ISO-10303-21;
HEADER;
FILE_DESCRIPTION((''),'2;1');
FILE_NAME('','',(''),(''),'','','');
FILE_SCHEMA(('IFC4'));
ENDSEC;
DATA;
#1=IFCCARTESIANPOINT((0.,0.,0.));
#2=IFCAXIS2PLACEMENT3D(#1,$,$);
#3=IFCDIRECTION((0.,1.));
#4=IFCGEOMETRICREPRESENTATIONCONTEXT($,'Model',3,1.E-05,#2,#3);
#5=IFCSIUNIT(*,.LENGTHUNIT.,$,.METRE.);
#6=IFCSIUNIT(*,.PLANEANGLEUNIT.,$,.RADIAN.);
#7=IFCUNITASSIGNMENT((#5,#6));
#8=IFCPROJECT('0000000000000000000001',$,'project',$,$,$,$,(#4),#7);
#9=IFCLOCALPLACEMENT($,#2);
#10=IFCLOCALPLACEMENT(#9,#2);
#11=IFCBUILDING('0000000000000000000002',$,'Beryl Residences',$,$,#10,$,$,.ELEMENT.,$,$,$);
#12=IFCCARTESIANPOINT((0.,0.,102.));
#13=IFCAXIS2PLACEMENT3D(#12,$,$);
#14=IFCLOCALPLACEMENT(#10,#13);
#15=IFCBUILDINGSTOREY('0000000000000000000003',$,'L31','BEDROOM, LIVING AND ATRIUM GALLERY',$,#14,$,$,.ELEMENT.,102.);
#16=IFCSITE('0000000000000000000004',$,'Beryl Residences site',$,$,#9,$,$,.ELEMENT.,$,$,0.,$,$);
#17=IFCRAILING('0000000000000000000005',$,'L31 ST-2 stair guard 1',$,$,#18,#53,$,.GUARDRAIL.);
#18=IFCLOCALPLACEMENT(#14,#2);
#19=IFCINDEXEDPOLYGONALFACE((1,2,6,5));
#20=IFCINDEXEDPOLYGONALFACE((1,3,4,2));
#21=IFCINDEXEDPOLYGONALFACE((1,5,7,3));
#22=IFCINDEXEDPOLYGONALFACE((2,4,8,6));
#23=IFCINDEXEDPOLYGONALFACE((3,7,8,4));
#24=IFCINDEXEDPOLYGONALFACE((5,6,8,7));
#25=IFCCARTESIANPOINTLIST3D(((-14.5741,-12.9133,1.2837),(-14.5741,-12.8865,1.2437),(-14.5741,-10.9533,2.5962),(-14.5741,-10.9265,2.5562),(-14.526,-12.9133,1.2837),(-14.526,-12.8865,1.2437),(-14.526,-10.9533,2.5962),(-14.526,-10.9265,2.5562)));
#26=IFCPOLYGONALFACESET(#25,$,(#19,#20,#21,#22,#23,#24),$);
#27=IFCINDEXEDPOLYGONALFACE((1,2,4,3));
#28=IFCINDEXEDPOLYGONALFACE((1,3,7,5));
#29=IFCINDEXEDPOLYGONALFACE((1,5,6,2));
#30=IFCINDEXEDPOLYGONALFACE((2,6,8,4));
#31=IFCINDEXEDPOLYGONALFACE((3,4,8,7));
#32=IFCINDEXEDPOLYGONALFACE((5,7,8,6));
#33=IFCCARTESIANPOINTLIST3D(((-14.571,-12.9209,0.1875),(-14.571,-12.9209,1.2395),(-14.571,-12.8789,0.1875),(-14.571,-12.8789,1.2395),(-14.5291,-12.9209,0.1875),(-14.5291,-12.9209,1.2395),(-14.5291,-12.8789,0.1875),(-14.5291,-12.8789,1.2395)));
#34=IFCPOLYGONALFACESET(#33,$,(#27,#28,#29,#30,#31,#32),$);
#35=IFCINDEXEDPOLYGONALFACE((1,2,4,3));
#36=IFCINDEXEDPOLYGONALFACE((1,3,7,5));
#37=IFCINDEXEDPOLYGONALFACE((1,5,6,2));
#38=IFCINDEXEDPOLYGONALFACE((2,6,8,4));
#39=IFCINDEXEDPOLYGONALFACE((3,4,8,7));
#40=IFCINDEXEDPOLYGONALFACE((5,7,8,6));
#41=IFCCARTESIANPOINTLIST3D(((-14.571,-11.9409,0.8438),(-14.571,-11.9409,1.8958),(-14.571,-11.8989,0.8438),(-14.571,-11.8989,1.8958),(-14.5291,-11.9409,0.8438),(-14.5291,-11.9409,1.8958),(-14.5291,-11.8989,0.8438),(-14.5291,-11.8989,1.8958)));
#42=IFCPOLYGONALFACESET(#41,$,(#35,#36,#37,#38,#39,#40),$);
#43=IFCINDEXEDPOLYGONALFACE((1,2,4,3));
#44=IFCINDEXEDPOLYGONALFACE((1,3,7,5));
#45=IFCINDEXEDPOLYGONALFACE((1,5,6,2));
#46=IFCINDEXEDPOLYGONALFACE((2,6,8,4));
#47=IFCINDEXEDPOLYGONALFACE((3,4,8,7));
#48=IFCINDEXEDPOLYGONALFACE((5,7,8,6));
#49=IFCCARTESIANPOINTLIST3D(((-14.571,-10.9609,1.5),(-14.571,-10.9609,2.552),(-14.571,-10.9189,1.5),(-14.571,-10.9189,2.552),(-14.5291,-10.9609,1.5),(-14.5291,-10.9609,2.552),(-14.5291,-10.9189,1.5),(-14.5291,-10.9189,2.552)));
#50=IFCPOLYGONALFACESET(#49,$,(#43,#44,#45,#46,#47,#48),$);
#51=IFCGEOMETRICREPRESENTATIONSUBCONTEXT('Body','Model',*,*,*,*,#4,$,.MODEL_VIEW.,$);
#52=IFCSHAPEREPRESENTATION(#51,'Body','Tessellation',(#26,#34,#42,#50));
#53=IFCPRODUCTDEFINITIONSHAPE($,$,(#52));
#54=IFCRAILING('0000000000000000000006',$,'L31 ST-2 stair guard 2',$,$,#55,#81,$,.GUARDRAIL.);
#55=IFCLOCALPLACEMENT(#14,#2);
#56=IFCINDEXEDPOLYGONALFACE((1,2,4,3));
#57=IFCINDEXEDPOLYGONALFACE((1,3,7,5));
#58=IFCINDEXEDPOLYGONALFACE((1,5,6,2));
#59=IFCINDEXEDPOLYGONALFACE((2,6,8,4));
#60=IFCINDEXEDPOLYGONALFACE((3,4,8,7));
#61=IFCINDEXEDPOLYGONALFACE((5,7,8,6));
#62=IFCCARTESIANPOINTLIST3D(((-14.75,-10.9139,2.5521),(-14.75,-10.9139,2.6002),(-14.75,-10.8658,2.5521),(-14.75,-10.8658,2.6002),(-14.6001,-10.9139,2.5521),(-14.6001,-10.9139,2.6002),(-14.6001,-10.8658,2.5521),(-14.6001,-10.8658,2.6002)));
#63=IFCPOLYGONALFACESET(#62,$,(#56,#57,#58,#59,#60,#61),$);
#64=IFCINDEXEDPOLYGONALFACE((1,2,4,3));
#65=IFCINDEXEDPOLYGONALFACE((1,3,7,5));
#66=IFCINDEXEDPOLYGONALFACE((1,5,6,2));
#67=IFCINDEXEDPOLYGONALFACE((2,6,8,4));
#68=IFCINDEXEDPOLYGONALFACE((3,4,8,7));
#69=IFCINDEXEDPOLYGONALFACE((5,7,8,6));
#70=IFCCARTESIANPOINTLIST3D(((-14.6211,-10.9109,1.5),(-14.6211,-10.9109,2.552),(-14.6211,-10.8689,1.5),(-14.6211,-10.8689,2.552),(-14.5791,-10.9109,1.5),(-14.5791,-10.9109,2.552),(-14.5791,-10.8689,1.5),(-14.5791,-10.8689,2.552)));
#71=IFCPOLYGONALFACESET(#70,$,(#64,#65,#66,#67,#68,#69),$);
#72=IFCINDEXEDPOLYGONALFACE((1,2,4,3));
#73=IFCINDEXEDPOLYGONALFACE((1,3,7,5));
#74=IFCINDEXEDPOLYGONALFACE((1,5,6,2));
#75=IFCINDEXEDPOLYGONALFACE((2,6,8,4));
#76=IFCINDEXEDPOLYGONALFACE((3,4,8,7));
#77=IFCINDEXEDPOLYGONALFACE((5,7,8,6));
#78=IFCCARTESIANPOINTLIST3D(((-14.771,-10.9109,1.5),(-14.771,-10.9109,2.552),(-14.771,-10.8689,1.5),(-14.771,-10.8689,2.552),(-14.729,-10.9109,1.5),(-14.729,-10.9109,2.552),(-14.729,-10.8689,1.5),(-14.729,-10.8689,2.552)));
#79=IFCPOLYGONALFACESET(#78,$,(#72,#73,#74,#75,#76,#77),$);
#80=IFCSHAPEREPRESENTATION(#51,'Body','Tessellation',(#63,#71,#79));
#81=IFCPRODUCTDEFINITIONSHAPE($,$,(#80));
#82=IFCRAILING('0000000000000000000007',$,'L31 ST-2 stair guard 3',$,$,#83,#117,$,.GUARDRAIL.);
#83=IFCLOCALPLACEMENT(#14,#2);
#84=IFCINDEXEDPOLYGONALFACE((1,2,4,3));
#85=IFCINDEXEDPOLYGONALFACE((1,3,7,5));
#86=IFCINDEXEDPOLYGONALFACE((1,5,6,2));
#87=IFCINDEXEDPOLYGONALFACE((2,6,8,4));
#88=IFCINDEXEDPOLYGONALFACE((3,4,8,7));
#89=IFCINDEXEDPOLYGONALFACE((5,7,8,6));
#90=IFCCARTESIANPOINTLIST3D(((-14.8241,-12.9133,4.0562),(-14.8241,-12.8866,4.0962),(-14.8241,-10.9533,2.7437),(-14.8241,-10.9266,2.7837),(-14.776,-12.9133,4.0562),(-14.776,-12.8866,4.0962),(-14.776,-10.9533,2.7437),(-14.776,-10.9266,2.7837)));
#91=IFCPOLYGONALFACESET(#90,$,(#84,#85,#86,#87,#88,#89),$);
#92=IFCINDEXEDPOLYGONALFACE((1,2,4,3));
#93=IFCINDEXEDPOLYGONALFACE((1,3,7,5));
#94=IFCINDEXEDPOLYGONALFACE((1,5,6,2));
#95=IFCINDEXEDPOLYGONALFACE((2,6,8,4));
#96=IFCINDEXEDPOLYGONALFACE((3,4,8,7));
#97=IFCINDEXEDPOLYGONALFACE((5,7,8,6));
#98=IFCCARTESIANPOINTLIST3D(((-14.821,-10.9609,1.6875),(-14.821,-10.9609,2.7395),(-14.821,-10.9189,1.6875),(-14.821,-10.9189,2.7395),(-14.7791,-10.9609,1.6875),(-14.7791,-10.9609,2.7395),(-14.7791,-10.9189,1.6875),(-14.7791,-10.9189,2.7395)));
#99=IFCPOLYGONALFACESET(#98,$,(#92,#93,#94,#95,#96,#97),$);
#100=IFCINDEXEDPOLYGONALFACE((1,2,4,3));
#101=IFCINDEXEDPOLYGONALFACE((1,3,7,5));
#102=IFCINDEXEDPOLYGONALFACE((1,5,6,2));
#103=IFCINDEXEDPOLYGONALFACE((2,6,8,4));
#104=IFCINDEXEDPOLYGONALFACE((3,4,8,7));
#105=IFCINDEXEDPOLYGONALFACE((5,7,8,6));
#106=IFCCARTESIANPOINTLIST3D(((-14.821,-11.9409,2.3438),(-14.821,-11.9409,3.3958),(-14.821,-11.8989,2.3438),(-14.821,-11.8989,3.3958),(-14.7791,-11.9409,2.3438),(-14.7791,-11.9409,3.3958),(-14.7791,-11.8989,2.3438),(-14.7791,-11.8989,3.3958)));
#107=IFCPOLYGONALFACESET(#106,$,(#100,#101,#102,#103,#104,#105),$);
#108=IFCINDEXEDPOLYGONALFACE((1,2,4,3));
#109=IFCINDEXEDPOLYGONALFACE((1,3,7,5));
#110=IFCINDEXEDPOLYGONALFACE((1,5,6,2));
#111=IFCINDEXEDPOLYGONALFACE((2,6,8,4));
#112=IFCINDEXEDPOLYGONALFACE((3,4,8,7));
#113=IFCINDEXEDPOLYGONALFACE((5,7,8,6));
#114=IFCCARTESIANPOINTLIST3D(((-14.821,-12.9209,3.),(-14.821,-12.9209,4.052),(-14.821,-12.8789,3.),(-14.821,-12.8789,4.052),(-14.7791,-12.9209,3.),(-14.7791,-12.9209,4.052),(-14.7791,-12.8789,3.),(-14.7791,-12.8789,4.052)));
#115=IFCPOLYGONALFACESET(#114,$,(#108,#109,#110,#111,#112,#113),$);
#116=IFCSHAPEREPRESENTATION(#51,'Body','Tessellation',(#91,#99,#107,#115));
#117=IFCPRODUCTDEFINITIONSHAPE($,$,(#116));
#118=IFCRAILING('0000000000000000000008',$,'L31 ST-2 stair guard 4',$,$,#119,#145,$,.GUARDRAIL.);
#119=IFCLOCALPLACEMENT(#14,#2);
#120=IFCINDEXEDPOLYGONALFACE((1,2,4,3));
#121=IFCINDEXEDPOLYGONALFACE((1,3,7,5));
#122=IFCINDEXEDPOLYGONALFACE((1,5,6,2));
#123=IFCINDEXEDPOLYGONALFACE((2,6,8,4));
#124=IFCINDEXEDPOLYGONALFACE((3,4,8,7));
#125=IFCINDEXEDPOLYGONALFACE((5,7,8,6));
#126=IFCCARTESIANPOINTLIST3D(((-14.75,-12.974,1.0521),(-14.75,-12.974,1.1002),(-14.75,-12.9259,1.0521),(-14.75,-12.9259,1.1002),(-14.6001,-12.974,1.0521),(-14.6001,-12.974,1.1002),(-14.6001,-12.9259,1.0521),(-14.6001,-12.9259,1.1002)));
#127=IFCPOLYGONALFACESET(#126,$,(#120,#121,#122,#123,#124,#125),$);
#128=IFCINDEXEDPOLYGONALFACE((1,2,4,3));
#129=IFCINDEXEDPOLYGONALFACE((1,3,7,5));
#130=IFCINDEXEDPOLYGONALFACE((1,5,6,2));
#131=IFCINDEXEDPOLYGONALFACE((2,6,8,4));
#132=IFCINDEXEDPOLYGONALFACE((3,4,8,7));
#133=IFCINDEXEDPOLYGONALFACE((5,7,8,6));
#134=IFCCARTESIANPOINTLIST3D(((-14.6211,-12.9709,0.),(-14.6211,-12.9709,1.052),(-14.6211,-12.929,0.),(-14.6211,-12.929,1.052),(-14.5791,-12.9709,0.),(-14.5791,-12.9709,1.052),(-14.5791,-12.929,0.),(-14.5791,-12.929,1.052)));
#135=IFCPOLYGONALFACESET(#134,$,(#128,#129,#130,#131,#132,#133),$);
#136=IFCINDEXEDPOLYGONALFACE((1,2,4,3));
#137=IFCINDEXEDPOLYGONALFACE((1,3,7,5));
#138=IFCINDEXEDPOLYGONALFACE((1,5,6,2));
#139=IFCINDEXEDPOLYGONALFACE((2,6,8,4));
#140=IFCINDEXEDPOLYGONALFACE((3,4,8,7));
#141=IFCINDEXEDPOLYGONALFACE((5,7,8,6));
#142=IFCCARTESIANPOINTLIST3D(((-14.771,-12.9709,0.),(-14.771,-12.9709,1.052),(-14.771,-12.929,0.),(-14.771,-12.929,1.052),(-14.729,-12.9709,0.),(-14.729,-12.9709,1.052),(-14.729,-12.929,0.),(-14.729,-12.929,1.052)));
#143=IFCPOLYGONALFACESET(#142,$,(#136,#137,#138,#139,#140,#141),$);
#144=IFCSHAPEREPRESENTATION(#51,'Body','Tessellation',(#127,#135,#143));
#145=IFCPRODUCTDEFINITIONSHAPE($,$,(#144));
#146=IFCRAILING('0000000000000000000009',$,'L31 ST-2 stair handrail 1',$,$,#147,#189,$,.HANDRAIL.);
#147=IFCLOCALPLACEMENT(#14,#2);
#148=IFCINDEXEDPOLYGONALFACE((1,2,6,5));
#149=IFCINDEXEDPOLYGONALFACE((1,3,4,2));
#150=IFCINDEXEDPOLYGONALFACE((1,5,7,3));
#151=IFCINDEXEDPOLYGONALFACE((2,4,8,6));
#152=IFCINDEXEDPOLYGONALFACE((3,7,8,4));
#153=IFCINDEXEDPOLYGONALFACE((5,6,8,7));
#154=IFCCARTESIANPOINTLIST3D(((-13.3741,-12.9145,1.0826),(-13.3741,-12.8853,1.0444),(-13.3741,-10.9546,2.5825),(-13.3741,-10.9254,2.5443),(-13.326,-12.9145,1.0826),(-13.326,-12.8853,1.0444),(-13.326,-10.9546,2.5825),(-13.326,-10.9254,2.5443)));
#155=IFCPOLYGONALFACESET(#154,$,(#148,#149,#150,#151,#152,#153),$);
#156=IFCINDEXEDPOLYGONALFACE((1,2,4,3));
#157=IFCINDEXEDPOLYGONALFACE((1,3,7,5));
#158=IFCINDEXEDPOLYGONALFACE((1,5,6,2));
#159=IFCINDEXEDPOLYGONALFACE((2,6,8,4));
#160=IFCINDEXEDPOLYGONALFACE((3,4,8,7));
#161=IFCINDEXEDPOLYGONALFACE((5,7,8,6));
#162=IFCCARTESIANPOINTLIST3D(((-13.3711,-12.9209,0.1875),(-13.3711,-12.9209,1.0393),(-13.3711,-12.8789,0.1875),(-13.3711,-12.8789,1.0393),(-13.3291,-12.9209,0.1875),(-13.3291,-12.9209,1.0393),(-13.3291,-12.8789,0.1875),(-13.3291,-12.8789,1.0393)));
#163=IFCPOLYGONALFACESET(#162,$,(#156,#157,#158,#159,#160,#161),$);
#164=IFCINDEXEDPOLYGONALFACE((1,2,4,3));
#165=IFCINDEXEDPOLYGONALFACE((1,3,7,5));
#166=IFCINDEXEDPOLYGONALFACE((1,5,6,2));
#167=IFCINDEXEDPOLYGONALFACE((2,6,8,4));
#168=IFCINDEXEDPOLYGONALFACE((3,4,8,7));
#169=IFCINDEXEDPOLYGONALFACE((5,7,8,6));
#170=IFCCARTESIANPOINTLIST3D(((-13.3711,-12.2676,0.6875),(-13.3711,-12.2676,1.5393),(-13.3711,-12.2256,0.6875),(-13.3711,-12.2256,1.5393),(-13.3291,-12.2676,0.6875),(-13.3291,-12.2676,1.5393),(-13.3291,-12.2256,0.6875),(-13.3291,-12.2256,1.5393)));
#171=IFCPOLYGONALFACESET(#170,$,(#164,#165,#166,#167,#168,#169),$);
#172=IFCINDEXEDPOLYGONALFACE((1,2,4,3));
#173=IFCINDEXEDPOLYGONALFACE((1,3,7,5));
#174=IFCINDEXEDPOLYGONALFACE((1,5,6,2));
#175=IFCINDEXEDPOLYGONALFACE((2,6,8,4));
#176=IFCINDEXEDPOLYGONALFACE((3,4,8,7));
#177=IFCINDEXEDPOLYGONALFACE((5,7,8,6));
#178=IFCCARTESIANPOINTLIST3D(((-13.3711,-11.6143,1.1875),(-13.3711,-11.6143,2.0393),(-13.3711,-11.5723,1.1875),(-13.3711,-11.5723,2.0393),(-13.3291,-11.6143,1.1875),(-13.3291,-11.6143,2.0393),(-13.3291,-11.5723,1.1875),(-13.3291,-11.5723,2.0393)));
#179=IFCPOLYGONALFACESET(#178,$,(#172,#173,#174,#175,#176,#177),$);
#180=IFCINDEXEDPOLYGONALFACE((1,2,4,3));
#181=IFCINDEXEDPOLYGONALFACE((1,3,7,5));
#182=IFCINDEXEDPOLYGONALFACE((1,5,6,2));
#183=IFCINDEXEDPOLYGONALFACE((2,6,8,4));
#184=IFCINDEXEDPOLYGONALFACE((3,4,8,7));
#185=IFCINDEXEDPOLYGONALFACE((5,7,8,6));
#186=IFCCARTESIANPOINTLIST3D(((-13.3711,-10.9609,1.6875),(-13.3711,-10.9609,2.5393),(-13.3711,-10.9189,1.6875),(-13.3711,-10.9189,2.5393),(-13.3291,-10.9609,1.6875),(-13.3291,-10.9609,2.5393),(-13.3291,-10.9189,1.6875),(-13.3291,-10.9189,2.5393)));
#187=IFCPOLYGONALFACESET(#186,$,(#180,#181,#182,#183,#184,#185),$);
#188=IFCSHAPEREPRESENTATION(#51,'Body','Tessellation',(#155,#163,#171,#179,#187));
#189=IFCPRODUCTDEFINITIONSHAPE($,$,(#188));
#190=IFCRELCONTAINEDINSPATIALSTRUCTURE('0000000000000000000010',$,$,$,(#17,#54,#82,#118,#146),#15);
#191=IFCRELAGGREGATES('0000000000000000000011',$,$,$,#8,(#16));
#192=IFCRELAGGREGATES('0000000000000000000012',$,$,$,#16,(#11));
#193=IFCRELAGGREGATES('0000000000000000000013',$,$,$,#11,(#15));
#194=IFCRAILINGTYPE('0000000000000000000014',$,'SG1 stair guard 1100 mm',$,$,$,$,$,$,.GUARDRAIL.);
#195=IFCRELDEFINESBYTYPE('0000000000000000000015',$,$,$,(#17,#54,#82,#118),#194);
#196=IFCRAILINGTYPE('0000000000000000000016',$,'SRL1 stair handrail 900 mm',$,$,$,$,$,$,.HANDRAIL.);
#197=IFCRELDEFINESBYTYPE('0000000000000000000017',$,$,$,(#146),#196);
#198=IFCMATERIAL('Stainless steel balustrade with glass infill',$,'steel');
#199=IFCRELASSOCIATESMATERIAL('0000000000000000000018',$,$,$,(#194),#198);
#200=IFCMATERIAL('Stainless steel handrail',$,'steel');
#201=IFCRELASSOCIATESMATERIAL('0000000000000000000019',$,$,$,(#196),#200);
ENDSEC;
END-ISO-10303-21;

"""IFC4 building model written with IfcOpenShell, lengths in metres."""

from ifc_helpers import new_model, si_unit, direction, frame, origin, origin_2d, place, context, subcontext, project, spatial, rectangle, extrude, material, type_object, element, save


model = new_model("IFC4")

# Units and contexts
model_context = context("Model", 3, precision=1e-05, world=origin(), true_north=direction((0.0, 1.0)))
body_context = subcontext(model_context, "Body", "Model", "MODEL_VIEW")
ifc_project = project(units=[si_unit("LENGTHUNIT", "METRE"), si_unit("PLANEANGLEUNIT", "RADIAN")], contexts=[model_context])

# Site, building, storey
site_placement = place(None, origin())
site = spatial("IfcSite", under=ifc_project, at=site_placement, Name="Beryl Residences site", CompositionType="ELEMENT", RefElevation=0.0)
building_placement = place(site_placement, origin())
building = spatial("IfcBuilding", under=site, at=building_placement, Name="Beryl Residences", CompositionType="ELEMENT")
storey_placement = place(building_placement, frame((0.0, 0.0, 102.0)))
storey = spatial("IfcBuildingStorey", under=building, at=storey_placement, Name="L31", Description="BEDROOM, LIVING AND ATRIUM GALLERY", CompositionType="ELEMENT", Elevation=102.0)

# Railings
ifc_material_1 = material(Name="Stainless steel balustrade with glass infill", Category="steel")
railing_type_1 = type_object("IfcRailingType", Name="SG1 stair guard 1100 mm", PredefinedType="GUARDRAIL", material=ifc_material_1)
railing_1_placement = place(storey_placement, frame((-14.55, -12.8999, 0.1875)))
element("IfcRailing", 1, at=railing_1_placement, inside=storey, type_object=railing_type_1, Name="L31 ST-2 stair guard 1", PredefinedType="GUARDRAIL", context=body_context, shape_type="SweptSolid", body=[
    extrude(rectangle(XDim=0.0481, YDim=0.0481, at=origin_2d()), frame((0.0, 0.0, 1.0762), z_axis=(0.0, 0.830902, 0.556419), x_axis=(-1.0, 0.0, 0.0)), (0.0, 0.0, 1.0), 2.3589),
    extrude(rectangle(XDim=0.042, YDim=0.042, at=origin_2d()), origin(), (0.0, 0.0, 1.0), 1.052),
    extrude(rectangle(XDim=0.042, YDim=0.042, at=origin_2d()), frame((0.0, 0.98, 0.6562)), (0.0, 0.0, 1.0), 1.052),
    extrude(rectangle(XDim=0.042, YDim=0.042, at=origin_2d()), frame((0.0, 1.96, 1.3125)), (0.0, 0.0, 1.0), 1.052),
])
railing_2_placement = place(storey_placement, frame((-14.6001, -10.8899, 1.5)))
element("IfcRailing", 2, at=railing_2_placement, inside=storey, type_object=railing_type_1, Name="L31 ST-2 stair guard 2", PredefinedType="GUARDRAIL", context=body_context, shape_type="SweptSolid", body=[
    extrude(rectangle(XDim=0.0481, YDim=0.0481, at=origin_2d()), frame((0.0, 0.0, 1.0762), z_axis=(-1.0, 0.0, 0.0), x_axis=(0.0, -1.0, 0.0)), (0.0, 0.0, 1.0), 0.1499),
    extrude(rectangle(XDim=0.042, YDim=0.042, at=origin_2d()), origin(), (0.0, 0.0, 1.0), 1.052),
    extrude(rectangle(XDim=0.042, YDim=0.042, at=origin_2d()), frame((-0.1499, 0.0, 0.0)), (0.0, 0.0, 1.0), 1.052),
])
railing_3_placement = place(storey_placement, frame((-14.8, -10.9399, 1.6875)))
element("IfcRailing", 3, at=railing_3_placement, inside=storey, type_object=railing_type_1, Name="L31 ST-2 stair guard 3", PredefinedType="GUARDRAIL", context=body_context, shape_type="SweptSolid", body=[
    extrude(rectangle(XDim=0.0481, YDim=0.0481, at=origin_2d()), frame((0.0, 0.0, 1.0762), z_axis=(0.0, -0.830902, 0.556419), x_axis=(1.0, 0.0, 0.0)), (0.0, 0.0, 1.0), 2.3589),
    extrude(rectangle(XDim=0.042, YDim=0.042, at=origin_2d()), origin(), (0.0, 0.0, 1.0), 1.052),
    extrude(rectangle(XDim=0.042, YDim=0.042, at=origin_2d()), frame((0.0, -0.98, 0.6562)), (0.0, 0.0, 1.0), 1.052),
    extrude(rectangle(XDim=0.042, YDim=0.042, at=origin_2d()), frame((0.0, -1.96, 1.3125)), (0.0, 0.0, 1.0), 1.052),
])
railing_4_placement = place(storey_placement, frame((-14.6001, -12.95, 0.0)))
element("IfcRailing", 4, at=railing_4_placement, inside=storey, type_object=railing_type_1, Name="L31 ST-2 stair guard 4", PredefinedType="GUARDRAIL", context=body_context, shape_type="SweptSolid", body=[
    extrude(rectangle(XDim=0.0481, YDim=0.0481, at=origin_2d()), frame((0.0, 0.0, 1.0762), z_axis=(-1.0, 0.0, 0.0), x_axis=(0.0, -1.0, 0.0)), (0.0, 0.0, 1.0), 0.1499),
    extrude(rectangle(XDim=0.042, YDim=0.042, at=origin_2d()), origin(), (0.0, 0.0, 1.0), 1.052),
    extrude(rectangle(XDim=0.042, YDim=0.042, at=origin_2d()), frame((-0.1499, 0.0, 0.0)), (0.0, 0.0, 1.0), 1.052),
])
ifc_material_2 = material(Name="Stainless steel handrail", Category="steel")
railing_type_2 = type_object("IfcRailingType", Name="SRL1 stair handrail 900 mm", PredefinedType="HANDRAIL", material=ifc_material_2)
railing_5_placement = place(storey_placement, frame((-13.3501, -12.8999, 0.1875)))
element("IfcRailing", 5, at=railing_5_placement, inside=storey, type_object=railing_type_2, Name="L31 ST-2 stair handrail 1", PredefinedType="HANDRAIL", context=body_context, shape_type="SweptSolid", body=[
    extrude(rectangle(XDim=0.0481, YDim=0.0481, at=origin_2d()), frame((0.0, 0.0, 0.876), z_axis=(0.0, 0.794122, 0.607758), x_axis=(-1.0, 0.0, 0.0)), (0.0, 0.0, 1.0), 2.468),
    extrude(rectangle(XDim=0.042, YDim=0.042, at=origin_2d()), origin(), (0.0, 0.0, 1.0), 0.8518),
    extrude(rectangle(XDim=0.042, YDim=0.042, at=origin_2d()), frame((0.0, 0.6533, 0.5)), (0.0, 0.0, 1.0), 0.8518),
    extrude(rectangle(XDim=0.042, YDim=0.042, at=origin_2d()), frame((0.0, 1.3066, 1.0)), (0.0, 0.0, 1.0), 0.8518),
    extrude(rectangle(XDim=0.042, YDim=0.042, at=origin_2d()), frame((0.0, 1.96, 1.5)), (0.0, 0.0, 1.0), 0.8518),
])

save(model, "model.ifc")
